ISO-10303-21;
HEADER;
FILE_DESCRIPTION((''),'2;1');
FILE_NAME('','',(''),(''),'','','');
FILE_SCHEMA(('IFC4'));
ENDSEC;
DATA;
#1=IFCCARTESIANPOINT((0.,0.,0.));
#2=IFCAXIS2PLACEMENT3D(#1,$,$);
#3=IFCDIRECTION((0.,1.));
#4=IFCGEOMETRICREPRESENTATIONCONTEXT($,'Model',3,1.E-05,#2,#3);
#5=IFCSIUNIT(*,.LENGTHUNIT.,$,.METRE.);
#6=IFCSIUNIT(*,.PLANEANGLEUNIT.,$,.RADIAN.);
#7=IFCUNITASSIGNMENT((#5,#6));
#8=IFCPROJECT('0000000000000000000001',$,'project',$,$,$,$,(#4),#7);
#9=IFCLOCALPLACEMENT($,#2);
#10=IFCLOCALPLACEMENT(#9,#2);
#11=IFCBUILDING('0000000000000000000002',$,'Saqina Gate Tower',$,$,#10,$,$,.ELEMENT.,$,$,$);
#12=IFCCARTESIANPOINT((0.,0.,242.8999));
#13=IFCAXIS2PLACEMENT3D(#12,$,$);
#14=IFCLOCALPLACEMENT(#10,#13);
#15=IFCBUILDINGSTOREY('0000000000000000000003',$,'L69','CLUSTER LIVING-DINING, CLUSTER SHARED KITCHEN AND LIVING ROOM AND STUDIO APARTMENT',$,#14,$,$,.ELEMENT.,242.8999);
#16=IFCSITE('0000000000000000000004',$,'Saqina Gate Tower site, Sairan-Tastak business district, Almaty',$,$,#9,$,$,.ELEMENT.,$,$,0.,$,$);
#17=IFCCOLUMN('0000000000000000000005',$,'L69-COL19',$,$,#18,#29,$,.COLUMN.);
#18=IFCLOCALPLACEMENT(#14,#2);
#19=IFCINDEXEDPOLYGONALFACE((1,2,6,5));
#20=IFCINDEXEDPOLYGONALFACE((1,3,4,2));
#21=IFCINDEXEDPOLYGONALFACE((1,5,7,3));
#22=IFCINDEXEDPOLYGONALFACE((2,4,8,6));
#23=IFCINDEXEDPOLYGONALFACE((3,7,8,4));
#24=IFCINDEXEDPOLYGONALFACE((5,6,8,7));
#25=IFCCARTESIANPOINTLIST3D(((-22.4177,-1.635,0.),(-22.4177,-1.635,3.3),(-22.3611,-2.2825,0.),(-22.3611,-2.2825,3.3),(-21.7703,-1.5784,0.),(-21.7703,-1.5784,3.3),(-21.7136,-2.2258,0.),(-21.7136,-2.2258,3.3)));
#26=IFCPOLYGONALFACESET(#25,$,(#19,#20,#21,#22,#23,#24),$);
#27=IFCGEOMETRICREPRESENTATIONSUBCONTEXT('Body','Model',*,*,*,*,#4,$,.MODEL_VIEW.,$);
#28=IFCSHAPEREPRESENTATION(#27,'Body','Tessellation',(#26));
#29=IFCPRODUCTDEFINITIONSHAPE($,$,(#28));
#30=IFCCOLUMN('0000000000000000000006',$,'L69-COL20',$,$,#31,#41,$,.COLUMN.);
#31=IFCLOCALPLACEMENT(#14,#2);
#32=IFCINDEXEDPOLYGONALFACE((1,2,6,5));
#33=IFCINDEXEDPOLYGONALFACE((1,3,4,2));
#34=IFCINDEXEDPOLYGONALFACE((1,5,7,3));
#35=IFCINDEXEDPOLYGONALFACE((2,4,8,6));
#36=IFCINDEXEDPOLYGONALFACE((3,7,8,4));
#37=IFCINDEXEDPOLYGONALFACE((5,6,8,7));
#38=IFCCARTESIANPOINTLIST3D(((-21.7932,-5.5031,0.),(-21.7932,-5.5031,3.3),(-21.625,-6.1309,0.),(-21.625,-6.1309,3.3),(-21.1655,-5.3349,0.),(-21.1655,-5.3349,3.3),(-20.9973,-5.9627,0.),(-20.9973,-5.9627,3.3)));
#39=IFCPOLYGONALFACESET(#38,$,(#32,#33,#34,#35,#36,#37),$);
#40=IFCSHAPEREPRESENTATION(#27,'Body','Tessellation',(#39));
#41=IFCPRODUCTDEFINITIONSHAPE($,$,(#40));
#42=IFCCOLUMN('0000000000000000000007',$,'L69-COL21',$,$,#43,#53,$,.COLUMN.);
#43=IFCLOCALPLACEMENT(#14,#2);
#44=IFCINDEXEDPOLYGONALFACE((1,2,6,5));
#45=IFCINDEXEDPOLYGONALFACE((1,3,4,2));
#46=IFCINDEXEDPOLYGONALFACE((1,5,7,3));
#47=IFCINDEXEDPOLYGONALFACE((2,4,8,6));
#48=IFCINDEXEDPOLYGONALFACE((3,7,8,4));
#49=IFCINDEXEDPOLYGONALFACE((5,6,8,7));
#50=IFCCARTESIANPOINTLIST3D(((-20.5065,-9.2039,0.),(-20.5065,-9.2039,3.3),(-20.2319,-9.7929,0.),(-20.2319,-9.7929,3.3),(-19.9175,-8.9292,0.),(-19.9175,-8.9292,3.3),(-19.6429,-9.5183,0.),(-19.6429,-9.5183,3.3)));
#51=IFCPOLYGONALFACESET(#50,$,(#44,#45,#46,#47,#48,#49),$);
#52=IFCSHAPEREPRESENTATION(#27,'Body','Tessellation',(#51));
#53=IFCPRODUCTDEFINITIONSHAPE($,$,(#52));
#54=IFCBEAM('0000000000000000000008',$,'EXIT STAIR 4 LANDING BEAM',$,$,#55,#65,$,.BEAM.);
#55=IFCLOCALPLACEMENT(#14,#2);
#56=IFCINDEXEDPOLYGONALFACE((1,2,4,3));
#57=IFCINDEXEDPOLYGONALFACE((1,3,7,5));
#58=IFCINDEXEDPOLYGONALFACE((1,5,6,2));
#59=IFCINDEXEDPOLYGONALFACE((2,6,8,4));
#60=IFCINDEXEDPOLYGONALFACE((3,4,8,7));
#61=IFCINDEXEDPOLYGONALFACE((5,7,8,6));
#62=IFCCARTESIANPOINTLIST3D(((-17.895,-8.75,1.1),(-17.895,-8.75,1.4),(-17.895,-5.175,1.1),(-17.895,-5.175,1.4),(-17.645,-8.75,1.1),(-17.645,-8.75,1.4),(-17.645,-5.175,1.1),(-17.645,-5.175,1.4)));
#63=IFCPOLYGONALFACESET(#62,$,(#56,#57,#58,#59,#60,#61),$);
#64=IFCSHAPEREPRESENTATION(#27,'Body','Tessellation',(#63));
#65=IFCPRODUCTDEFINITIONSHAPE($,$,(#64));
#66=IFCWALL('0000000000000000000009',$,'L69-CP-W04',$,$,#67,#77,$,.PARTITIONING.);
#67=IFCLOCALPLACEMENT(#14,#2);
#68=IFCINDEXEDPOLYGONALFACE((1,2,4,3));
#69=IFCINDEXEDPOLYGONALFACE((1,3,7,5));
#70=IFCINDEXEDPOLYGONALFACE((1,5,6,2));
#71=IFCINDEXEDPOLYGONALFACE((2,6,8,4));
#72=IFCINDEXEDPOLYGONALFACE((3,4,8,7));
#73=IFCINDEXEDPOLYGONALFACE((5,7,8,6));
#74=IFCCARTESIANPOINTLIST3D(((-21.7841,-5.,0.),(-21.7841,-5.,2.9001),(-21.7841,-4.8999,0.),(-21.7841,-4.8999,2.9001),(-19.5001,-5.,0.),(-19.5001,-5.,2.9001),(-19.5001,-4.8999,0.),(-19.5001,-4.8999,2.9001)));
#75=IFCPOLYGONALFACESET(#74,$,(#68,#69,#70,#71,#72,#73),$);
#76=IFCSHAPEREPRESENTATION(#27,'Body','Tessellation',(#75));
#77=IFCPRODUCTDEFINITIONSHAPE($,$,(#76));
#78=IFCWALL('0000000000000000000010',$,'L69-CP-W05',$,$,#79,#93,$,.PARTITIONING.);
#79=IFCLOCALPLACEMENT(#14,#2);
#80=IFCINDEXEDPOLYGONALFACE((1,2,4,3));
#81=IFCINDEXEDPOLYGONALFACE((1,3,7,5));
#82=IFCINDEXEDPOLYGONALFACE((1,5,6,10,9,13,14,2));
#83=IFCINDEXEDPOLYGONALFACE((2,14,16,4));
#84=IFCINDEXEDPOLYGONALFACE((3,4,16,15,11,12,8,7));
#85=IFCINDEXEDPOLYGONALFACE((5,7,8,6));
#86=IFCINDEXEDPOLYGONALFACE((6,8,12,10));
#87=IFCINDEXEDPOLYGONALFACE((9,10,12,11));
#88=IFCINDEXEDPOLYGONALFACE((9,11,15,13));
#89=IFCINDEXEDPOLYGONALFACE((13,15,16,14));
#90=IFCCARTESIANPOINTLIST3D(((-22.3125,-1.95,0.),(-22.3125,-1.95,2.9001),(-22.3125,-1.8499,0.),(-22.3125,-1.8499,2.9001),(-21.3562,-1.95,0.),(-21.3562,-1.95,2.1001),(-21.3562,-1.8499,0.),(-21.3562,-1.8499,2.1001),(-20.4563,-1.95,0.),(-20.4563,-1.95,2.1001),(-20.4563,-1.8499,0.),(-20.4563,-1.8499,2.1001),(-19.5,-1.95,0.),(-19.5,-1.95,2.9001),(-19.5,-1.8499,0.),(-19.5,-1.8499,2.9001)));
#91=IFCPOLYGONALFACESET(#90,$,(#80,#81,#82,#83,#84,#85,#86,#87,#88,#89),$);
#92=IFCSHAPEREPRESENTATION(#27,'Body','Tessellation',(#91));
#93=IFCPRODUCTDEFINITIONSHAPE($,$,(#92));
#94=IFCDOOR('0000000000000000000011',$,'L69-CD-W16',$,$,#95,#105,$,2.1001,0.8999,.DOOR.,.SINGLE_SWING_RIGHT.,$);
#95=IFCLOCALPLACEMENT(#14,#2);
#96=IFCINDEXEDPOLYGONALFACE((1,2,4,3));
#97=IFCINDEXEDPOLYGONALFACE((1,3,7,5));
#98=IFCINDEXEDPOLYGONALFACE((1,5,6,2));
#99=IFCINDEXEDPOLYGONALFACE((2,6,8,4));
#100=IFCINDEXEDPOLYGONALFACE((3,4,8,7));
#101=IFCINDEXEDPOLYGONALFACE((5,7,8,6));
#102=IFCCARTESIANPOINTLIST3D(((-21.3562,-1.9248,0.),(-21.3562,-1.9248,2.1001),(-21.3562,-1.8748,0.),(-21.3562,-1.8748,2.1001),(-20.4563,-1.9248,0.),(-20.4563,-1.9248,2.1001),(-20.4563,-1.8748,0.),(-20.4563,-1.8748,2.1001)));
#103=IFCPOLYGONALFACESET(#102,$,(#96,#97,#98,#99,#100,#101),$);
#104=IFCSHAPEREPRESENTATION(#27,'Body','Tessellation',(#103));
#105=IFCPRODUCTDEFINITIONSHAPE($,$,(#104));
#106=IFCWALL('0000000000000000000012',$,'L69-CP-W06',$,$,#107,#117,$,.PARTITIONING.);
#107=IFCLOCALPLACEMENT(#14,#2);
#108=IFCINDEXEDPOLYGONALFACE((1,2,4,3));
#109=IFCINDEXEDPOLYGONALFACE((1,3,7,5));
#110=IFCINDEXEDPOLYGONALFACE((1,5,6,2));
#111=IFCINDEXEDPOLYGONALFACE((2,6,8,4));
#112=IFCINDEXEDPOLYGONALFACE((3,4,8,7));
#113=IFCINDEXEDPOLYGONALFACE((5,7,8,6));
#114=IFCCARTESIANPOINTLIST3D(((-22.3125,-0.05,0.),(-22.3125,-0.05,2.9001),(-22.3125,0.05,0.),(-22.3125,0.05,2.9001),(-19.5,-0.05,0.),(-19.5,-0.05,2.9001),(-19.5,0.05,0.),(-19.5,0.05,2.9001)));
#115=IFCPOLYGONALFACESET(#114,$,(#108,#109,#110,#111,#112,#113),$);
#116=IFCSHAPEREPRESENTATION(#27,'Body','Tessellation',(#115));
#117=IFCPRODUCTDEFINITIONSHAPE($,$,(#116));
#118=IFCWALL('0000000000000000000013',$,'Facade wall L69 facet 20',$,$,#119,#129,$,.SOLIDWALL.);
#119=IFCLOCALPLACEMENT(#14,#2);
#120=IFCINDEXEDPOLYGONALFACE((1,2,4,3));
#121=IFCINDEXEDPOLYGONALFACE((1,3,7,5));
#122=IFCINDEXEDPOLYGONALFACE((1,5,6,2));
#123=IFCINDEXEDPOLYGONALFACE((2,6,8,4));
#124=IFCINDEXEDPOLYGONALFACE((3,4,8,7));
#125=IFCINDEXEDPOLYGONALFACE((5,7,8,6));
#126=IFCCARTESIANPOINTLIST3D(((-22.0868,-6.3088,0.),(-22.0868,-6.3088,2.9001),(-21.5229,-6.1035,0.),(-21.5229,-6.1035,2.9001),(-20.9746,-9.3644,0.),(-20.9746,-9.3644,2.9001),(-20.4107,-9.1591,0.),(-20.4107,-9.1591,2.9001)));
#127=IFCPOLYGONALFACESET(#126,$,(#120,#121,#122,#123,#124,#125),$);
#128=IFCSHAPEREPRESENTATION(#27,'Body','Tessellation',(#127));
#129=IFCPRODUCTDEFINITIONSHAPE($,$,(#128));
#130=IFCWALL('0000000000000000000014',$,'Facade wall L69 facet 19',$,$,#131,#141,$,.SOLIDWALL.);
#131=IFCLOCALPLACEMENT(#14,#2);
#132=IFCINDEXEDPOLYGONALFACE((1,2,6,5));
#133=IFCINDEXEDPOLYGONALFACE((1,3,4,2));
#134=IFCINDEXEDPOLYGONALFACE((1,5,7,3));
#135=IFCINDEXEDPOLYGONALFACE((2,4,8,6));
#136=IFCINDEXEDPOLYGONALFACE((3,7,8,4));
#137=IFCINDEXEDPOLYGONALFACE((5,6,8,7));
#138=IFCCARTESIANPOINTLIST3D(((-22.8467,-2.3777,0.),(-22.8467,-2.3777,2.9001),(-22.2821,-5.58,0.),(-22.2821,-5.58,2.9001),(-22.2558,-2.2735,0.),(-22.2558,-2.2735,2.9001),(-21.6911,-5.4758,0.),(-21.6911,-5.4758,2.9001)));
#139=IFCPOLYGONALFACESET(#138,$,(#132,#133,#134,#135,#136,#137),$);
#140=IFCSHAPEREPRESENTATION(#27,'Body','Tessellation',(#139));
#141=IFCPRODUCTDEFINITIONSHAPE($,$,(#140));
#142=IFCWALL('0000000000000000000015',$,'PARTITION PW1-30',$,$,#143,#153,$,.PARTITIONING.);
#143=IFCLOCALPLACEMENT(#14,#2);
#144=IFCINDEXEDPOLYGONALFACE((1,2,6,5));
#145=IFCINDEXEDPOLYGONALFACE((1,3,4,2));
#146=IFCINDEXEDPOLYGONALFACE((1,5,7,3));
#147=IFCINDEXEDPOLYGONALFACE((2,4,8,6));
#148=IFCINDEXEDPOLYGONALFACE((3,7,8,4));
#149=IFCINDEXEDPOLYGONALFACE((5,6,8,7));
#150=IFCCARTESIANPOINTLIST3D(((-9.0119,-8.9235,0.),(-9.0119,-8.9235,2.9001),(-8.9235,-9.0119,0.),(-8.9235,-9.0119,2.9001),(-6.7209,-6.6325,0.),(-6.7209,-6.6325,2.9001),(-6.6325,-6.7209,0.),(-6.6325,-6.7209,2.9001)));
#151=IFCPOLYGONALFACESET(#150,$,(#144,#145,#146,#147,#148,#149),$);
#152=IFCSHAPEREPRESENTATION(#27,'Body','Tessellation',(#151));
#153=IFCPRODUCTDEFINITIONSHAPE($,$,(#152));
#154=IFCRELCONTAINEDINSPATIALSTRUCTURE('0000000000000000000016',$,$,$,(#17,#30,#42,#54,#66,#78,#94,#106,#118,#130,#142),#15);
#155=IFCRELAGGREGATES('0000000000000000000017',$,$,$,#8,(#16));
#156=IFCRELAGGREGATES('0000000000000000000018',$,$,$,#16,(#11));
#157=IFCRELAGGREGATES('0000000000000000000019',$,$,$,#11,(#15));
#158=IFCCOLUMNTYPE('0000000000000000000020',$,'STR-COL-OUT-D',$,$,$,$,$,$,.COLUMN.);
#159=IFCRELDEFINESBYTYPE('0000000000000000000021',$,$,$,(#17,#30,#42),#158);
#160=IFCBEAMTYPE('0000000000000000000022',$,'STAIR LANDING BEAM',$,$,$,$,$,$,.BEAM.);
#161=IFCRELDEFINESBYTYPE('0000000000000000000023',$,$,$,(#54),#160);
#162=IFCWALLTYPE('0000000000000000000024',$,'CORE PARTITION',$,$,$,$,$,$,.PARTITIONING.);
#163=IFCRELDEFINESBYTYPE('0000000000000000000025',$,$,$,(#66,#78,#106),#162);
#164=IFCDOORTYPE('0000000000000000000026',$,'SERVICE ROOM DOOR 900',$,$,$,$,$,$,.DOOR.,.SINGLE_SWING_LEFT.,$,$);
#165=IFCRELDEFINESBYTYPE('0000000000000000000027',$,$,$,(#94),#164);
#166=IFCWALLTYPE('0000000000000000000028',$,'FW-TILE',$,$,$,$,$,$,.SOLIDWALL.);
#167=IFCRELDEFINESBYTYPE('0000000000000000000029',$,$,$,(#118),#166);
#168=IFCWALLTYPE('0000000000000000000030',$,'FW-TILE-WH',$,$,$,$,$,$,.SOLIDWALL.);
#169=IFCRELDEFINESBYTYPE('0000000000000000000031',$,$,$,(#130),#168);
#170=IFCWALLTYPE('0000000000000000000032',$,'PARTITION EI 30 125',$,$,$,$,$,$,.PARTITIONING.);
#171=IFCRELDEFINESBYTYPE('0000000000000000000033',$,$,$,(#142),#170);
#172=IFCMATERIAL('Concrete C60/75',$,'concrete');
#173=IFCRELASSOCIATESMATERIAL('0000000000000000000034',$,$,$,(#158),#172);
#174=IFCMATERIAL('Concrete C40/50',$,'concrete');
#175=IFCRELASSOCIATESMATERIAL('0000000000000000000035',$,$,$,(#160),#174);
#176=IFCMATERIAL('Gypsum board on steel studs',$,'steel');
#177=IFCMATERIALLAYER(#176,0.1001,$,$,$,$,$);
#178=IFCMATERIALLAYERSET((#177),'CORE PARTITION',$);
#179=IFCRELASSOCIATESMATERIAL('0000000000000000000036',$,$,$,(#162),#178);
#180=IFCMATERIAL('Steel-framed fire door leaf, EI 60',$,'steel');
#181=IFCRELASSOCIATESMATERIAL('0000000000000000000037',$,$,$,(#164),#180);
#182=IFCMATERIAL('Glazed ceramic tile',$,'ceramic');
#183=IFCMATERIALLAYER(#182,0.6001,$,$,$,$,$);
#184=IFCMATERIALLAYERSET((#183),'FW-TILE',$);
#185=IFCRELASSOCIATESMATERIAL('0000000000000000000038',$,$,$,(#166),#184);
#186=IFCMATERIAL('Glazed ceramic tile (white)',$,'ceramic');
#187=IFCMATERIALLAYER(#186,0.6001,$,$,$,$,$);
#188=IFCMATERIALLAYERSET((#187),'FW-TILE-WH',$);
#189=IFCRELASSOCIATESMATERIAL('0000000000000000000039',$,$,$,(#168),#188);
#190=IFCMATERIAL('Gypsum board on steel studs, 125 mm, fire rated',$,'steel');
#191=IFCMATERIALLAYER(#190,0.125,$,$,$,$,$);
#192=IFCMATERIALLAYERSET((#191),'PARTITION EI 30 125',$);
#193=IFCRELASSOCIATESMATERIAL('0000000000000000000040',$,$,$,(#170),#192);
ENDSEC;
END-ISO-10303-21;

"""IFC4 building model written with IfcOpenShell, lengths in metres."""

from ifc_helpers import new_model, si_unit, direction, frame, frame_2d, origin, origin_2d, place, context, subcontext, project, spatial, rectangle, extrude, material, layer, layer_set, material_profile, profile_set, type_object, element, fill, save


model = new_model("IFC4")

# Units and contexts
model_context = context("Model", 3, precision=1e-05, world=origin(), true_north=direction((0.0, 1.0)))
body_context = subcontext(model_context, "Body", "Model", "MODEL_VIEW")
ifc_project = project(units=[si_unit("LENGTHUNIT", "METRE"), si_unit("PLANEANGLEUNIT", "RADIAN")], contexts=[model_context])

# Site, building, storey
site_placement = place(None, origin())
site = spatial("IfcSite", under=ifc_project, at=site_placement, Name="Saqina Gate Tower site, Sairan-Tastak business district, Almaty", CompositionType="ELEMENT", RefElevation=0.0)
building_placement = place(site_placement, origin())
building = spatial("IfcBuilding", under=site, at=building_placement, Name="Saqina Gate Tower", CompositionType="ELEMENT")
storey_placement = place(building_placement, frame((0.0, 0.0, 242.8999)))
storey = spatial("IfcBuildingStorey", under=building, at=storey_placement, Name="L69", Description="CLUSTER LIVING-DINING, CLUSTER SHARED KITCHEN AND LIVING ROOM AND STUDIO APARTMENT", CompositionType="ELEMENT", Elevation=242.8999)

# Columns
ifc_material_1 = material(Name="Concrete C60/75", Category="concrete")
ifc_material_profile_1 = material_profile(ifc_material_1, rectangle(XDim=0.6499, YDim=0.6499, at=origin_2d()), Name="RC 650x650")
ifc_profile_set_1 = profile_set([ifc_material_profile_1], Name="Concrete C60/75")
column_type = type_object("IfcColumnType", Name="STR-COL-OUT-D", PredefinedType="COLUMN", material=ifc_profile_set_1)
for number, where, z_axis, x_axis, name in (
    (1, (-22.0657, -1.9304, 0.0), (0.0, 0.0, 1.0), (-0.996195, -0.087156, 0.0), "L69-COL19"),
    (2, (-21.3953, -5.7329, 0.0), (0.0, 0.0, 1.0), (-0.965926, -0.258819, 0.0), "L69-COL20"),
    (3, (-20.0747, -9.3611, 0.0), (0.0, 0.0, 1.0), (-0.906308, -0.422618, 0.0), "L69-COL21"),
):
    element("IfcColumn", number, at=place(storey_placement, frame(where, z_axis=z_axis, x_axis=x_axis)), inside=storey, type_object=column_type, Name=name, PredefinedType="COLUMN", context=body_context, shape_type="SweptSolid", body=[
        extrude(rectangle(XDim=0.6499, YDim=0.6499, at=origin_2d()), origin(), (0.0, 0.0, 1.0), 3.3),
    ])

# Beam
ifc_material_2 = material(Name="Concrete C40/50", Category="concrete")
ifc_material_profile_2 = material_profile(ifc_material_2, rectangle(XDim=0.25, YDim=0.3, at=origin_2d()), Name="STAIR LANDING BEAM")
ifc_profile_set_2 = profile_set([ifc_material_profile_2], Name="Concrete C40/50")
beam_type = type_object("IfcBeamType", Name="STAIR LANDING BEAM", PredefinedType="BEAM", material=ifc_profile_set_2)
beam_placement = place(storey_placement, frame((-17.77, -8.75, 1.25), z_axis=(0.0, 1.0, 0.0), x_axis=(-1.0, 0.0, 0.0)))
element("IfcBeam", 4, at=beam_placement, inside=storey, type_object=beam_type, Name="EXIT STAIR 4 LANDING BEAM", PredefinedType="BEAM", context=body_context, shape_type="SweptSolid", body=[
    extrude(rectangle(XDim=0.25, YDim=0.3, at=origin_2d()), origin(), (0.0, 0.0, 1.0), 3.575),
])

# Wall
ifc_material_3 = material(Name="Gypsum board on steel studs", Category="steel")
ifc_layer_1 = layer(ifc_material_3, 0.1001)
ifc_layer_set_1 = layer_set([ifc_layer_1], Name="CORE PARTITION")
wall_type_1 = type_object("IfcWallType", Name="CORE PARTITION", PredefinedType="PARTITIONING", material=ifc_layer_set_1)
wall_1_placement = place(storey_placement, frame((-19.5, -4.95, 0.0), z_axis=(0.0, 0.0, 1.0), x_axis=(-1.0, 0.0, 0.0)))
element("IfcWall", 5, at=wall_1_placement, inside=storey, type_object=wall_type_1, Name="L69-CP-W04", PredefinedType="PARTITIONING", context=body_context, shape_type="SweptSolid", body=[
    extrude(rectangle(XDim=2.2839, YDim=0.1001, at=frame_2d((1.1421, 0.0))), origin(), (0.0, 0.0, 1.0), 2.9001),
])

# Wall, opening, door
wall_2_placement = place(storey_placement, frame((-19.5, -1.8999, 0.0), z_axis=(0.0, 0.0, 1.0), x_axis=(-1.0, 0.0, 0.0)))
wall_2 = element("IfcWall", 6, at=wall_2_placement, inside=storey, type_object=wall_type_1, Name="L69-CP-W05", PredefinedType="PARTITIONING", context=body_context, shape_type="SweptSolid", body=[
    extrude(rectangle(XDim=2.8125, YDim=0.1001, at=frame_2d((1.4062, 0.0))), origin(), (0.0, 0.0, 1.0), 2.9001),
])
opening_1_placement = place(wall_2_placement, frame((0.9563, 0.0, 0.0)))
opening_1 = element("IfcOpeningElement", 7, at=opening_1_placement, cuts=wall_2, PredefinedType="OPENING", context=body_context, shape_type="SweptSolid", body=[
    extrude(rectangle(XDim=0.8999, YDim=2.1001, at=frame_2d((0.45, 1.05))), frame((0.0, 0.062, 0.0), z_axis=(0.0, -1.0, 0.0), x_axis=(1.0, 0.0, 0.0)), (0.0, 0.0, 1.0), 0.124),
])
ifc_material_4 = material(Name="Steel-framed fire door leaf, EI 60", Category="steel")
door_type_1 = type_object("IfcDoorType", Name="SERVICE ROOM DOOR 900", OperationType="SINGLE_SWING_LEFT", PredefinedType="DOOR", material=ifc_material_4)
door_1_placement = place(opening_1_placement, origin())
door_1 = element("IfcDoor", 8, at=door_1_placement, inside=storey, type_object=door_type_1, Name="L69-CD-W16", OperationType="SINGLE_SWING_RIGHT", OverallHeight=2.1001, OverallWidth=0.8999, PredefinedType="DOOR", context=body_context, shape_type="SweptSolid", body=[
    extrude(rectangle(XDim=0.8999, YDim=2.1001, at=frame_2d((0.45, 1.05))), frame((0.0, 0.0249, 0.0), z_axis=(0.0, -1.0, 0.0), x_axis=(1.0, 0.0, 0.0)), (0.0, 0.0, 1.0), 0.05),
])
fill(opening_1, door_1)

# Walls
wall_3_placement = place(storey_placement, frame((-19.5, 0.0, 0.0), z_axis=(0.0, 0.0, 1.0), x_axis=(-1.0, 0.0, 0.0)))
element("IfcWall", 9, at=wall_3_placement, inside=storey, type_object=wall_type_1, Name="L69-CP-W06", PredefinedType="PARTITIONING", context=body_context, shape_type="SweptSolid", body=[
    extrude(rectangle(XDim=2.8125, YDim=0.1001, at=frame_2d((1.4062, 0.0))), origin(), (0.0, 0.0, 1.0), 2.9001),
])
ifc_material_5 = material(Name="Glazed ceramic tile", Category="ceramic")
ifc_layer_2 = layer(ifc_material_5, 0.6001)
ifc_layer_set_2 = layer_set([ifc_layer_2], Name="FW-TILE")
wall_type_2 = type_object("IfcWallType", Name="FW-TILE", PredefinedType="SOLIDWALL", material=ifc_layer_set_2)
wall_4_placement = place(storey_placement, frame((-21.8049, -6.2061, 0.0), z_axis=(0.0, 0.0, 1.0), x_axis=(0.342057, -0.939679, 0.0)))
element("IfcWall", 10, at=wall_4_placement, inside=storey, type_object=wall_type_2, Name="Facade wall L69 facet 20", PredefinedType="SOLIDWALL", context=body_context, shape_type="SweptSolid", body=[
    extrude(rectangle(XDim=3.2517, YDim=0.6001, at=frame_2d((1.626, 0.0))), origin(), (0.0, 0.0, 1.0), 2.9001),
])
ifc_material_6 = material(Name="Glazed ceramic tile (white)", Category="ceramic")
ifc_layer_3 = layer(ifc_material_6, 0.6001)
ifc_layer_set_3 = layer_set([ifc_layer_3], Name="FW-TILE-WH")
wall_type_3 = type_object("IfcWallType", Name="FW-TILE-WH", PredefinedType="SOLIDWALL", material=ifc_layer_set_3)
wall_5_placement = place(storey_placement, frame((-22.5513, -2.3254, 0.0), z_axis=(0.0, 0.0, 1.0), x_axis=(0.173657, -0.984806, 0.0)))
element("IfcWall", 11, at=wall_5_placement, inside=storey, type_object=wall_type_3, Name="Facade wall L69 facet 19", PredefinedType="SOLIDWALL", context=body_context, shape_type="SweptSolid", body=[
    extrude(rectangle(XDim=3.2517, YDim=0.6001, at=frame_2d((1.626, 0.0))), origin(), (0.0, 0.0, 1.0), 2.9001),
])
ifc_material_7 = material(Name="Gypsum board on steel studs, 125 mm, fire rated", Category="steel")
ifc_layer_4 = layer(ifc_material_7, 0.125)
ifc_layer_set_4 = layer_set([ifc_layer_4], Name="PARTITION EI 30 125")
wall_type_4 = type_object("IfcWallType", Name="PARTITION EI 30 125", PredefinedType="PARTITIONING", material=ifc_layer_set_4)
wall_6_placement = place(storey_placement, frame((-8.9678, -8.9678, 0.0), z_axis=(0.0, 0.0, 1.0), x_axis=(0.707107, 0.707107, 0.0)))
element("IfcWall", 12, at=wall_6_placement, inside=storey, type_object=wall_type_4, Name="PARTITION PW1-30", PredefinedType="PARTITIONING", context=body_context, shape_type="SweptSolid", body=[
    extrude(rectangle(XDim=3.24, YDim=0.125, at=frame_2d((1.6201, 0.0))), origin(), (0.0, 0.0, 1.0), 2.9001),
])

save(model, "model.ifc")
